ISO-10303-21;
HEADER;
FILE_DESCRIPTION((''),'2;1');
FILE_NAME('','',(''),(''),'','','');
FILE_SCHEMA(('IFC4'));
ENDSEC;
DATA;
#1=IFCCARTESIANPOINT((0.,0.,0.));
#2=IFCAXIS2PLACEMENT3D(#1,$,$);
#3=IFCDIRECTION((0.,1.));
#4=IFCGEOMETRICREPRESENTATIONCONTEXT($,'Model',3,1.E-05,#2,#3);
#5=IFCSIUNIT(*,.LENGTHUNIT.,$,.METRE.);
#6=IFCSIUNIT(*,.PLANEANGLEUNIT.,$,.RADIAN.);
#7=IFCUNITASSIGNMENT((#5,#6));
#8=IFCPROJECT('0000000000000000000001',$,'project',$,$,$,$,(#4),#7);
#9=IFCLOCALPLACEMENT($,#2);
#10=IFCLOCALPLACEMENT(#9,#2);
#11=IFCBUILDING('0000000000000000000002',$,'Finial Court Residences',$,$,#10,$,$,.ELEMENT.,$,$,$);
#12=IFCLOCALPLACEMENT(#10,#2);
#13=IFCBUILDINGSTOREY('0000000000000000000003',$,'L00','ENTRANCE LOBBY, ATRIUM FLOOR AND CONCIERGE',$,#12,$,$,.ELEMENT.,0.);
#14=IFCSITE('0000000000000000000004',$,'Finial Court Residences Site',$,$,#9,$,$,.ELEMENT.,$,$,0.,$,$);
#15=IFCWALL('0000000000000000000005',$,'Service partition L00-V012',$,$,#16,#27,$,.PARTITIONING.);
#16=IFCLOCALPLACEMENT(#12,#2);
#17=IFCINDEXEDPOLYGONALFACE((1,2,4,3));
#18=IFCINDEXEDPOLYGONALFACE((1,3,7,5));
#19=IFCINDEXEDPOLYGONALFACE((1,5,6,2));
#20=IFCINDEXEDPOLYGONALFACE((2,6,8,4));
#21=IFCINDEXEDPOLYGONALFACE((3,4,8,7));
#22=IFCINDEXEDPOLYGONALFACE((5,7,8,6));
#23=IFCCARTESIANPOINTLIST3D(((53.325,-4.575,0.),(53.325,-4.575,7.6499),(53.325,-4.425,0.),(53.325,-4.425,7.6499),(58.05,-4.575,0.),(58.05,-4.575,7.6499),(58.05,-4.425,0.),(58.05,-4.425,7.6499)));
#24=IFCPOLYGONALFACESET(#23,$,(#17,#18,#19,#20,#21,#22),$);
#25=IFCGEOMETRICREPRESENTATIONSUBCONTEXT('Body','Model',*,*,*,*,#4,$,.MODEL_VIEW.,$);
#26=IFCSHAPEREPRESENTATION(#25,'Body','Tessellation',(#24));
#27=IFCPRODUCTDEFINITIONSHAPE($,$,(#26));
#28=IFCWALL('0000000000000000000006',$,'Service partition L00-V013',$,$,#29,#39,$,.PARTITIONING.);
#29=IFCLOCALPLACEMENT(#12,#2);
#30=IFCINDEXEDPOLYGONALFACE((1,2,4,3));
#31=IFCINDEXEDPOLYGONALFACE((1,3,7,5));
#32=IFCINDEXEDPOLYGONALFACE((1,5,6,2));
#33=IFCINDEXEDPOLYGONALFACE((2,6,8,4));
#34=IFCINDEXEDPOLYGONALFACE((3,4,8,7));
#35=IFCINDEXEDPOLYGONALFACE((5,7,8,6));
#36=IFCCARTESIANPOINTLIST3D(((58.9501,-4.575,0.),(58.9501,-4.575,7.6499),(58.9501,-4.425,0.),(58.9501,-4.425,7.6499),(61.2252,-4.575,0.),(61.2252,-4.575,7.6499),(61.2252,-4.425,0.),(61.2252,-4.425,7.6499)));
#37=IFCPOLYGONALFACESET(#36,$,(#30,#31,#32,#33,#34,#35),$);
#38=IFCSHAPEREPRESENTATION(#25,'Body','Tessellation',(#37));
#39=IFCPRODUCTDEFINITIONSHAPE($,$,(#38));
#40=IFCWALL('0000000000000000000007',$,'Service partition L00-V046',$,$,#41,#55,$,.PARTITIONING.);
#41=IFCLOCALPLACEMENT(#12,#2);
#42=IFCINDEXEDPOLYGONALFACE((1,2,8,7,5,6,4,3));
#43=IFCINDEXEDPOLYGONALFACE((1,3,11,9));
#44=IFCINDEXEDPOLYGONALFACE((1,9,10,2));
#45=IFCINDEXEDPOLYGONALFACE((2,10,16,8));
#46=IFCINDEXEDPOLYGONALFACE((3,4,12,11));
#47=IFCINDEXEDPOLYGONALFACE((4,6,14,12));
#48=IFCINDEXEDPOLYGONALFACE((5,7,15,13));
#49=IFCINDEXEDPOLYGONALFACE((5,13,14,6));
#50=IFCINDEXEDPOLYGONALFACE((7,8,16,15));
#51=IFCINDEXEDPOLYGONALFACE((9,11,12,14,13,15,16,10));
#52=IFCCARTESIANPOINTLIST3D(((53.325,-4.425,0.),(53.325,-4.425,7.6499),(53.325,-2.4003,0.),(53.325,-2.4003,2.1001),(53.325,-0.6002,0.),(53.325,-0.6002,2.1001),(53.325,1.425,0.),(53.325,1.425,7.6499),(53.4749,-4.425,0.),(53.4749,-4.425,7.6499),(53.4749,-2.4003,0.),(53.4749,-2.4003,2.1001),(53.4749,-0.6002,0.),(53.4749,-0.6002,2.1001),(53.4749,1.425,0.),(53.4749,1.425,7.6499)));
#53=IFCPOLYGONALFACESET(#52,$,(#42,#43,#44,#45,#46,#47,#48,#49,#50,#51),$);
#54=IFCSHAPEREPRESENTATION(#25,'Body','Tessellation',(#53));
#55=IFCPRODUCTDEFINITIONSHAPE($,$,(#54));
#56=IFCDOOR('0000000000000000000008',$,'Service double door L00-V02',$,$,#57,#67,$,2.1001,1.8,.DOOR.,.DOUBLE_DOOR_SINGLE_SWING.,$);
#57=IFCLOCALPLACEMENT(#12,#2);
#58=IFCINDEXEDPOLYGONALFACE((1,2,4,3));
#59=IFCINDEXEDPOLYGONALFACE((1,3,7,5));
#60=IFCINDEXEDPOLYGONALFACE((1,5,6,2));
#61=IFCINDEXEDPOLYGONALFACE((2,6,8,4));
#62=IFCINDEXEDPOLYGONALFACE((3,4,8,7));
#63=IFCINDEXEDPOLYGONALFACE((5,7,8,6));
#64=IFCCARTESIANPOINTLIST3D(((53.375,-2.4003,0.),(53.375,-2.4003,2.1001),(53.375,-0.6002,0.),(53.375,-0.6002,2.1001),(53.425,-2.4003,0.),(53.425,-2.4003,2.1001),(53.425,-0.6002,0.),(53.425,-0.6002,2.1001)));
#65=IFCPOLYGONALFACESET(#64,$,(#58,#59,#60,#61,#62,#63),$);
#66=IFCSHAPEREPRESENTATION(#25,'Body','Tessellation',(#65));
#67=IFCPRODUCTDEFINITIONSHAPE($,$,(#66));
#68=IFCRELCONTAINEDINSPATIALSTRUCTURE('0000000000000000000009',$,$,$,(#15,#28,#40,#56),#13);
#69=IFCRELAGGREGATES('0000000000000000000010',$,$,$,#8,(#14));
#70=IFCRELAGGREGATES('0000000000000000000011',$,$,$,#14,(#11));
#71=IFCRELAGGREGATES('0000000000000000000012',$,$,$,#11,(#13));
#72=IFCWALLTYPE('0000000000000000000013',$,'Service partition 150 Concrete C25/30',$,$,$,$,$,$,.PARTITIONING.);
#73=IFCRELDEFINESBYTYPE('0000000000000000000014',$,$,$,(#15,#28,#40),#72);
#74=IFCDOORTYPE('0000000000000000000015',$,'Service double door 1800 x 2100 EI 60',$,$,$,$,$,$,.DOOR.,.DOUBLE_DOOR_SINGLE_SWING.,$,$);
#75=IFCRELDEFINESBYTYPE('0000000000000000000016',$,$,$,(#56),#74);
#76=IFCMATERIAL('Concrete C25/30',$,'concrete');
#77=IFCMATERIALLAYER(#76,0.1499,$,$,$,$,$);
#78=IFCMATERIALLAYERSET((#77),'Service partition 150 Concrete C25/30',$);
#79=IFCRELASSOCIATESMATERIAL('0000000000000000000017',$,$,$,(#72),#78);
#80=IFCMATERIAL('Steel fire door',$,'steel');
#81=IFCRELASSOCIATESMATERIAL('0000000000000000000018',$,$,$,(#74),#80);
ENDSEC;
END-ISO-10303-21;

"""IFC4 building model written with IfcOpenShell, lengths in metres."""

from ifc_helpers import new_model, si_unit, direction, frame, frame_2d, origin, place, context, subcontext, project, spatial, rectangle, extrude, material, layer, layer_set, type_object, element, fill, save


model = new_model("IFC4")

# Units and contexts
model_context = context("Model", 3, precision=1e-05, world=origin(), true_north=direction((0.0, 1.0)))
body_context = subcontext(model_context, "Body", "Model", "MODEL_VIEW")
ifc_project = project(units=[si_unit("LENGTHUNIT", "METRE"), si_unit("PLANEANGLEUNIT", "RADIAN")], contexts=[model_context])

# Site, building, storey
site_placement = place(None, origin())
site = spatial("IfcSite", under=ifc_project, at=site_placement, Name="Finial Court Residences Site", CompositionType="ELEMENT", RefElevation=0.0)
building_placement = place(site_placement, origin())
building = spatial("IfcBuilding", under=site, at=building_placement, Name="Finial Court Residences", CompositionType="ELEMENT")
storey_placement = place(building_placement, origin())
storey = spatial("IfcBuildingStorey", under=building, at=storey_placement, Name="L00", Description="ENTRANCE LOBBY, ATRIUM FLOOR AND CONCIERGE", CompositionType="ELEMENT", Elevation=0.0)

# Walls
ifc_material_1 = material(Name="Concrete C25/30", Category="concrete")
ifc_layer_1 = layer(ifc_material_1, 0.1499)
ifc_layer_set_1 = layer_set([ifc_layer_1], Name="Service partition 150 Concrete C25/30")
wall_type_1 = type_object("IfcWallType", Name="Service partition 150 Concrete C25/30", PredefinedType="PARTITIONING", material=ifc_layer_set_1)
wall_1_placement = place(storey_placement, frame((53.325, -4.5, 0.0), z_axis=(0.0, 0.0, 1.0), x_axis=(1.0, 0.0, 0.0)))
element("IfcWall", 1, at=wall_1_placement, inside=storey, type_object=wall_type_1, Name="Service partition L00-V012", PredefinedType="PARTITIONING", context=body_context, shape_type="SweptSolid", body=[
    extrude(rectangle(XDim=4.7251, YDim=0.1499, at=frame_2d((2.3625, 0.0))), origin(), (0.0, 0.0, 1.0), 7.6499),
])
wall_2_placement = place(storey_placement, frame((58.95, -4.5, 0.0), z_axis=(0.0, 0.0, 1.0), x_axis=(1.0, 0.0, 0.0)))
element("IfcWall", 2, at=wall_2_placement, inside=storey, type_object=wall_type_1, Name="Service partition L00-V013", PredefinedType="PARTITIONING", context=body_context, shape_type="SweptSolid", body=[
    extrude(rectangle(XDim=2.2751, YDim=0.1499, at=frame_2d((1.1377, 0.0))), origin(), (0.0, 0.0, 1.0), 7.6499),
])

# Wall, opening, door
wall_3_placement = place(storey_placement, frame((53.3999, -4.425, 0.0), z_axis=(0.0, 0.0, 1.0), x_axis=(0.0, 1.0, 0.0)))
wall_3 = element("IfcWall", 3, at=wall_3_placement, inside=storey, type_object=wall_type_1, Name="Service partition L00-V046", PredefinedType="PARTITIONING", context=body_context, shape_type="SweptSolid", body=[
    extrude(rectangle(XDim=5.8501, YDim=0.1499, at=frame_2d((2.925, 0.0))), origin(), (0.0, 0.0, 1.0), 7.6499),
])
opening_1_placement = place(wall_3_placement, frame((2.0249, 0.0, 0.0)))
opening_1 = element("IfcOpeningElement", 4, at=opening_1_placement, cuts=wall_3, PredefinedType="OPENING", context=body_context, shape_type="SweptSolid", body=[
    extrude(rectangle(XDim=1.8, YDim=2.1001, at=frame_2d((0.8999, 1.05))), frame((0.0, 0.085, 0.0), z_axis=(0.0, -1.0, 0.0), x_axis=(1.0, 0.0, 0.0)), (0.0, 0.0, 1.0), 0.1699),
])
ifc_material_2 = material(Name="Steel fire door", Category="steel")
door_type_1 = type_object("IfcDoorType", Name="Service double door 1800 x 2100 EI 60", OperationType="DOUBLE_DOOR_SINGLE_SWING", PredefinedType="DOOR", material=ifc_material_2)
door_1_placement = place(opening_1_placement, origin())
door_1 = element("IfcDoor", 5, at=door_1_placement, inside=storey, type_object=door_type_1, Name="Service double door L00-V02", OperationType="DOUBLE_DOOR_SINGLE_SWING", OverallHeight=2.1001, OverallWidth=1.8, PredefinedType="DOOR", context=body_context, shape_type="SweptSolid", body=[
    extrude(rectangle(XDim=1.8, YDim=2.1001, at=frame_2d((0.8999, 1.05))), frame((0.0, 0.0249, 0.0), z_axis=(0.0, -1.0, 0.0), x_axis=(1.0, 0.0, 0.0)), (0.0, 0.0, 1.0), 0.05),
])
fill(opening_1, door_1)

save(model, "model.ifc")
